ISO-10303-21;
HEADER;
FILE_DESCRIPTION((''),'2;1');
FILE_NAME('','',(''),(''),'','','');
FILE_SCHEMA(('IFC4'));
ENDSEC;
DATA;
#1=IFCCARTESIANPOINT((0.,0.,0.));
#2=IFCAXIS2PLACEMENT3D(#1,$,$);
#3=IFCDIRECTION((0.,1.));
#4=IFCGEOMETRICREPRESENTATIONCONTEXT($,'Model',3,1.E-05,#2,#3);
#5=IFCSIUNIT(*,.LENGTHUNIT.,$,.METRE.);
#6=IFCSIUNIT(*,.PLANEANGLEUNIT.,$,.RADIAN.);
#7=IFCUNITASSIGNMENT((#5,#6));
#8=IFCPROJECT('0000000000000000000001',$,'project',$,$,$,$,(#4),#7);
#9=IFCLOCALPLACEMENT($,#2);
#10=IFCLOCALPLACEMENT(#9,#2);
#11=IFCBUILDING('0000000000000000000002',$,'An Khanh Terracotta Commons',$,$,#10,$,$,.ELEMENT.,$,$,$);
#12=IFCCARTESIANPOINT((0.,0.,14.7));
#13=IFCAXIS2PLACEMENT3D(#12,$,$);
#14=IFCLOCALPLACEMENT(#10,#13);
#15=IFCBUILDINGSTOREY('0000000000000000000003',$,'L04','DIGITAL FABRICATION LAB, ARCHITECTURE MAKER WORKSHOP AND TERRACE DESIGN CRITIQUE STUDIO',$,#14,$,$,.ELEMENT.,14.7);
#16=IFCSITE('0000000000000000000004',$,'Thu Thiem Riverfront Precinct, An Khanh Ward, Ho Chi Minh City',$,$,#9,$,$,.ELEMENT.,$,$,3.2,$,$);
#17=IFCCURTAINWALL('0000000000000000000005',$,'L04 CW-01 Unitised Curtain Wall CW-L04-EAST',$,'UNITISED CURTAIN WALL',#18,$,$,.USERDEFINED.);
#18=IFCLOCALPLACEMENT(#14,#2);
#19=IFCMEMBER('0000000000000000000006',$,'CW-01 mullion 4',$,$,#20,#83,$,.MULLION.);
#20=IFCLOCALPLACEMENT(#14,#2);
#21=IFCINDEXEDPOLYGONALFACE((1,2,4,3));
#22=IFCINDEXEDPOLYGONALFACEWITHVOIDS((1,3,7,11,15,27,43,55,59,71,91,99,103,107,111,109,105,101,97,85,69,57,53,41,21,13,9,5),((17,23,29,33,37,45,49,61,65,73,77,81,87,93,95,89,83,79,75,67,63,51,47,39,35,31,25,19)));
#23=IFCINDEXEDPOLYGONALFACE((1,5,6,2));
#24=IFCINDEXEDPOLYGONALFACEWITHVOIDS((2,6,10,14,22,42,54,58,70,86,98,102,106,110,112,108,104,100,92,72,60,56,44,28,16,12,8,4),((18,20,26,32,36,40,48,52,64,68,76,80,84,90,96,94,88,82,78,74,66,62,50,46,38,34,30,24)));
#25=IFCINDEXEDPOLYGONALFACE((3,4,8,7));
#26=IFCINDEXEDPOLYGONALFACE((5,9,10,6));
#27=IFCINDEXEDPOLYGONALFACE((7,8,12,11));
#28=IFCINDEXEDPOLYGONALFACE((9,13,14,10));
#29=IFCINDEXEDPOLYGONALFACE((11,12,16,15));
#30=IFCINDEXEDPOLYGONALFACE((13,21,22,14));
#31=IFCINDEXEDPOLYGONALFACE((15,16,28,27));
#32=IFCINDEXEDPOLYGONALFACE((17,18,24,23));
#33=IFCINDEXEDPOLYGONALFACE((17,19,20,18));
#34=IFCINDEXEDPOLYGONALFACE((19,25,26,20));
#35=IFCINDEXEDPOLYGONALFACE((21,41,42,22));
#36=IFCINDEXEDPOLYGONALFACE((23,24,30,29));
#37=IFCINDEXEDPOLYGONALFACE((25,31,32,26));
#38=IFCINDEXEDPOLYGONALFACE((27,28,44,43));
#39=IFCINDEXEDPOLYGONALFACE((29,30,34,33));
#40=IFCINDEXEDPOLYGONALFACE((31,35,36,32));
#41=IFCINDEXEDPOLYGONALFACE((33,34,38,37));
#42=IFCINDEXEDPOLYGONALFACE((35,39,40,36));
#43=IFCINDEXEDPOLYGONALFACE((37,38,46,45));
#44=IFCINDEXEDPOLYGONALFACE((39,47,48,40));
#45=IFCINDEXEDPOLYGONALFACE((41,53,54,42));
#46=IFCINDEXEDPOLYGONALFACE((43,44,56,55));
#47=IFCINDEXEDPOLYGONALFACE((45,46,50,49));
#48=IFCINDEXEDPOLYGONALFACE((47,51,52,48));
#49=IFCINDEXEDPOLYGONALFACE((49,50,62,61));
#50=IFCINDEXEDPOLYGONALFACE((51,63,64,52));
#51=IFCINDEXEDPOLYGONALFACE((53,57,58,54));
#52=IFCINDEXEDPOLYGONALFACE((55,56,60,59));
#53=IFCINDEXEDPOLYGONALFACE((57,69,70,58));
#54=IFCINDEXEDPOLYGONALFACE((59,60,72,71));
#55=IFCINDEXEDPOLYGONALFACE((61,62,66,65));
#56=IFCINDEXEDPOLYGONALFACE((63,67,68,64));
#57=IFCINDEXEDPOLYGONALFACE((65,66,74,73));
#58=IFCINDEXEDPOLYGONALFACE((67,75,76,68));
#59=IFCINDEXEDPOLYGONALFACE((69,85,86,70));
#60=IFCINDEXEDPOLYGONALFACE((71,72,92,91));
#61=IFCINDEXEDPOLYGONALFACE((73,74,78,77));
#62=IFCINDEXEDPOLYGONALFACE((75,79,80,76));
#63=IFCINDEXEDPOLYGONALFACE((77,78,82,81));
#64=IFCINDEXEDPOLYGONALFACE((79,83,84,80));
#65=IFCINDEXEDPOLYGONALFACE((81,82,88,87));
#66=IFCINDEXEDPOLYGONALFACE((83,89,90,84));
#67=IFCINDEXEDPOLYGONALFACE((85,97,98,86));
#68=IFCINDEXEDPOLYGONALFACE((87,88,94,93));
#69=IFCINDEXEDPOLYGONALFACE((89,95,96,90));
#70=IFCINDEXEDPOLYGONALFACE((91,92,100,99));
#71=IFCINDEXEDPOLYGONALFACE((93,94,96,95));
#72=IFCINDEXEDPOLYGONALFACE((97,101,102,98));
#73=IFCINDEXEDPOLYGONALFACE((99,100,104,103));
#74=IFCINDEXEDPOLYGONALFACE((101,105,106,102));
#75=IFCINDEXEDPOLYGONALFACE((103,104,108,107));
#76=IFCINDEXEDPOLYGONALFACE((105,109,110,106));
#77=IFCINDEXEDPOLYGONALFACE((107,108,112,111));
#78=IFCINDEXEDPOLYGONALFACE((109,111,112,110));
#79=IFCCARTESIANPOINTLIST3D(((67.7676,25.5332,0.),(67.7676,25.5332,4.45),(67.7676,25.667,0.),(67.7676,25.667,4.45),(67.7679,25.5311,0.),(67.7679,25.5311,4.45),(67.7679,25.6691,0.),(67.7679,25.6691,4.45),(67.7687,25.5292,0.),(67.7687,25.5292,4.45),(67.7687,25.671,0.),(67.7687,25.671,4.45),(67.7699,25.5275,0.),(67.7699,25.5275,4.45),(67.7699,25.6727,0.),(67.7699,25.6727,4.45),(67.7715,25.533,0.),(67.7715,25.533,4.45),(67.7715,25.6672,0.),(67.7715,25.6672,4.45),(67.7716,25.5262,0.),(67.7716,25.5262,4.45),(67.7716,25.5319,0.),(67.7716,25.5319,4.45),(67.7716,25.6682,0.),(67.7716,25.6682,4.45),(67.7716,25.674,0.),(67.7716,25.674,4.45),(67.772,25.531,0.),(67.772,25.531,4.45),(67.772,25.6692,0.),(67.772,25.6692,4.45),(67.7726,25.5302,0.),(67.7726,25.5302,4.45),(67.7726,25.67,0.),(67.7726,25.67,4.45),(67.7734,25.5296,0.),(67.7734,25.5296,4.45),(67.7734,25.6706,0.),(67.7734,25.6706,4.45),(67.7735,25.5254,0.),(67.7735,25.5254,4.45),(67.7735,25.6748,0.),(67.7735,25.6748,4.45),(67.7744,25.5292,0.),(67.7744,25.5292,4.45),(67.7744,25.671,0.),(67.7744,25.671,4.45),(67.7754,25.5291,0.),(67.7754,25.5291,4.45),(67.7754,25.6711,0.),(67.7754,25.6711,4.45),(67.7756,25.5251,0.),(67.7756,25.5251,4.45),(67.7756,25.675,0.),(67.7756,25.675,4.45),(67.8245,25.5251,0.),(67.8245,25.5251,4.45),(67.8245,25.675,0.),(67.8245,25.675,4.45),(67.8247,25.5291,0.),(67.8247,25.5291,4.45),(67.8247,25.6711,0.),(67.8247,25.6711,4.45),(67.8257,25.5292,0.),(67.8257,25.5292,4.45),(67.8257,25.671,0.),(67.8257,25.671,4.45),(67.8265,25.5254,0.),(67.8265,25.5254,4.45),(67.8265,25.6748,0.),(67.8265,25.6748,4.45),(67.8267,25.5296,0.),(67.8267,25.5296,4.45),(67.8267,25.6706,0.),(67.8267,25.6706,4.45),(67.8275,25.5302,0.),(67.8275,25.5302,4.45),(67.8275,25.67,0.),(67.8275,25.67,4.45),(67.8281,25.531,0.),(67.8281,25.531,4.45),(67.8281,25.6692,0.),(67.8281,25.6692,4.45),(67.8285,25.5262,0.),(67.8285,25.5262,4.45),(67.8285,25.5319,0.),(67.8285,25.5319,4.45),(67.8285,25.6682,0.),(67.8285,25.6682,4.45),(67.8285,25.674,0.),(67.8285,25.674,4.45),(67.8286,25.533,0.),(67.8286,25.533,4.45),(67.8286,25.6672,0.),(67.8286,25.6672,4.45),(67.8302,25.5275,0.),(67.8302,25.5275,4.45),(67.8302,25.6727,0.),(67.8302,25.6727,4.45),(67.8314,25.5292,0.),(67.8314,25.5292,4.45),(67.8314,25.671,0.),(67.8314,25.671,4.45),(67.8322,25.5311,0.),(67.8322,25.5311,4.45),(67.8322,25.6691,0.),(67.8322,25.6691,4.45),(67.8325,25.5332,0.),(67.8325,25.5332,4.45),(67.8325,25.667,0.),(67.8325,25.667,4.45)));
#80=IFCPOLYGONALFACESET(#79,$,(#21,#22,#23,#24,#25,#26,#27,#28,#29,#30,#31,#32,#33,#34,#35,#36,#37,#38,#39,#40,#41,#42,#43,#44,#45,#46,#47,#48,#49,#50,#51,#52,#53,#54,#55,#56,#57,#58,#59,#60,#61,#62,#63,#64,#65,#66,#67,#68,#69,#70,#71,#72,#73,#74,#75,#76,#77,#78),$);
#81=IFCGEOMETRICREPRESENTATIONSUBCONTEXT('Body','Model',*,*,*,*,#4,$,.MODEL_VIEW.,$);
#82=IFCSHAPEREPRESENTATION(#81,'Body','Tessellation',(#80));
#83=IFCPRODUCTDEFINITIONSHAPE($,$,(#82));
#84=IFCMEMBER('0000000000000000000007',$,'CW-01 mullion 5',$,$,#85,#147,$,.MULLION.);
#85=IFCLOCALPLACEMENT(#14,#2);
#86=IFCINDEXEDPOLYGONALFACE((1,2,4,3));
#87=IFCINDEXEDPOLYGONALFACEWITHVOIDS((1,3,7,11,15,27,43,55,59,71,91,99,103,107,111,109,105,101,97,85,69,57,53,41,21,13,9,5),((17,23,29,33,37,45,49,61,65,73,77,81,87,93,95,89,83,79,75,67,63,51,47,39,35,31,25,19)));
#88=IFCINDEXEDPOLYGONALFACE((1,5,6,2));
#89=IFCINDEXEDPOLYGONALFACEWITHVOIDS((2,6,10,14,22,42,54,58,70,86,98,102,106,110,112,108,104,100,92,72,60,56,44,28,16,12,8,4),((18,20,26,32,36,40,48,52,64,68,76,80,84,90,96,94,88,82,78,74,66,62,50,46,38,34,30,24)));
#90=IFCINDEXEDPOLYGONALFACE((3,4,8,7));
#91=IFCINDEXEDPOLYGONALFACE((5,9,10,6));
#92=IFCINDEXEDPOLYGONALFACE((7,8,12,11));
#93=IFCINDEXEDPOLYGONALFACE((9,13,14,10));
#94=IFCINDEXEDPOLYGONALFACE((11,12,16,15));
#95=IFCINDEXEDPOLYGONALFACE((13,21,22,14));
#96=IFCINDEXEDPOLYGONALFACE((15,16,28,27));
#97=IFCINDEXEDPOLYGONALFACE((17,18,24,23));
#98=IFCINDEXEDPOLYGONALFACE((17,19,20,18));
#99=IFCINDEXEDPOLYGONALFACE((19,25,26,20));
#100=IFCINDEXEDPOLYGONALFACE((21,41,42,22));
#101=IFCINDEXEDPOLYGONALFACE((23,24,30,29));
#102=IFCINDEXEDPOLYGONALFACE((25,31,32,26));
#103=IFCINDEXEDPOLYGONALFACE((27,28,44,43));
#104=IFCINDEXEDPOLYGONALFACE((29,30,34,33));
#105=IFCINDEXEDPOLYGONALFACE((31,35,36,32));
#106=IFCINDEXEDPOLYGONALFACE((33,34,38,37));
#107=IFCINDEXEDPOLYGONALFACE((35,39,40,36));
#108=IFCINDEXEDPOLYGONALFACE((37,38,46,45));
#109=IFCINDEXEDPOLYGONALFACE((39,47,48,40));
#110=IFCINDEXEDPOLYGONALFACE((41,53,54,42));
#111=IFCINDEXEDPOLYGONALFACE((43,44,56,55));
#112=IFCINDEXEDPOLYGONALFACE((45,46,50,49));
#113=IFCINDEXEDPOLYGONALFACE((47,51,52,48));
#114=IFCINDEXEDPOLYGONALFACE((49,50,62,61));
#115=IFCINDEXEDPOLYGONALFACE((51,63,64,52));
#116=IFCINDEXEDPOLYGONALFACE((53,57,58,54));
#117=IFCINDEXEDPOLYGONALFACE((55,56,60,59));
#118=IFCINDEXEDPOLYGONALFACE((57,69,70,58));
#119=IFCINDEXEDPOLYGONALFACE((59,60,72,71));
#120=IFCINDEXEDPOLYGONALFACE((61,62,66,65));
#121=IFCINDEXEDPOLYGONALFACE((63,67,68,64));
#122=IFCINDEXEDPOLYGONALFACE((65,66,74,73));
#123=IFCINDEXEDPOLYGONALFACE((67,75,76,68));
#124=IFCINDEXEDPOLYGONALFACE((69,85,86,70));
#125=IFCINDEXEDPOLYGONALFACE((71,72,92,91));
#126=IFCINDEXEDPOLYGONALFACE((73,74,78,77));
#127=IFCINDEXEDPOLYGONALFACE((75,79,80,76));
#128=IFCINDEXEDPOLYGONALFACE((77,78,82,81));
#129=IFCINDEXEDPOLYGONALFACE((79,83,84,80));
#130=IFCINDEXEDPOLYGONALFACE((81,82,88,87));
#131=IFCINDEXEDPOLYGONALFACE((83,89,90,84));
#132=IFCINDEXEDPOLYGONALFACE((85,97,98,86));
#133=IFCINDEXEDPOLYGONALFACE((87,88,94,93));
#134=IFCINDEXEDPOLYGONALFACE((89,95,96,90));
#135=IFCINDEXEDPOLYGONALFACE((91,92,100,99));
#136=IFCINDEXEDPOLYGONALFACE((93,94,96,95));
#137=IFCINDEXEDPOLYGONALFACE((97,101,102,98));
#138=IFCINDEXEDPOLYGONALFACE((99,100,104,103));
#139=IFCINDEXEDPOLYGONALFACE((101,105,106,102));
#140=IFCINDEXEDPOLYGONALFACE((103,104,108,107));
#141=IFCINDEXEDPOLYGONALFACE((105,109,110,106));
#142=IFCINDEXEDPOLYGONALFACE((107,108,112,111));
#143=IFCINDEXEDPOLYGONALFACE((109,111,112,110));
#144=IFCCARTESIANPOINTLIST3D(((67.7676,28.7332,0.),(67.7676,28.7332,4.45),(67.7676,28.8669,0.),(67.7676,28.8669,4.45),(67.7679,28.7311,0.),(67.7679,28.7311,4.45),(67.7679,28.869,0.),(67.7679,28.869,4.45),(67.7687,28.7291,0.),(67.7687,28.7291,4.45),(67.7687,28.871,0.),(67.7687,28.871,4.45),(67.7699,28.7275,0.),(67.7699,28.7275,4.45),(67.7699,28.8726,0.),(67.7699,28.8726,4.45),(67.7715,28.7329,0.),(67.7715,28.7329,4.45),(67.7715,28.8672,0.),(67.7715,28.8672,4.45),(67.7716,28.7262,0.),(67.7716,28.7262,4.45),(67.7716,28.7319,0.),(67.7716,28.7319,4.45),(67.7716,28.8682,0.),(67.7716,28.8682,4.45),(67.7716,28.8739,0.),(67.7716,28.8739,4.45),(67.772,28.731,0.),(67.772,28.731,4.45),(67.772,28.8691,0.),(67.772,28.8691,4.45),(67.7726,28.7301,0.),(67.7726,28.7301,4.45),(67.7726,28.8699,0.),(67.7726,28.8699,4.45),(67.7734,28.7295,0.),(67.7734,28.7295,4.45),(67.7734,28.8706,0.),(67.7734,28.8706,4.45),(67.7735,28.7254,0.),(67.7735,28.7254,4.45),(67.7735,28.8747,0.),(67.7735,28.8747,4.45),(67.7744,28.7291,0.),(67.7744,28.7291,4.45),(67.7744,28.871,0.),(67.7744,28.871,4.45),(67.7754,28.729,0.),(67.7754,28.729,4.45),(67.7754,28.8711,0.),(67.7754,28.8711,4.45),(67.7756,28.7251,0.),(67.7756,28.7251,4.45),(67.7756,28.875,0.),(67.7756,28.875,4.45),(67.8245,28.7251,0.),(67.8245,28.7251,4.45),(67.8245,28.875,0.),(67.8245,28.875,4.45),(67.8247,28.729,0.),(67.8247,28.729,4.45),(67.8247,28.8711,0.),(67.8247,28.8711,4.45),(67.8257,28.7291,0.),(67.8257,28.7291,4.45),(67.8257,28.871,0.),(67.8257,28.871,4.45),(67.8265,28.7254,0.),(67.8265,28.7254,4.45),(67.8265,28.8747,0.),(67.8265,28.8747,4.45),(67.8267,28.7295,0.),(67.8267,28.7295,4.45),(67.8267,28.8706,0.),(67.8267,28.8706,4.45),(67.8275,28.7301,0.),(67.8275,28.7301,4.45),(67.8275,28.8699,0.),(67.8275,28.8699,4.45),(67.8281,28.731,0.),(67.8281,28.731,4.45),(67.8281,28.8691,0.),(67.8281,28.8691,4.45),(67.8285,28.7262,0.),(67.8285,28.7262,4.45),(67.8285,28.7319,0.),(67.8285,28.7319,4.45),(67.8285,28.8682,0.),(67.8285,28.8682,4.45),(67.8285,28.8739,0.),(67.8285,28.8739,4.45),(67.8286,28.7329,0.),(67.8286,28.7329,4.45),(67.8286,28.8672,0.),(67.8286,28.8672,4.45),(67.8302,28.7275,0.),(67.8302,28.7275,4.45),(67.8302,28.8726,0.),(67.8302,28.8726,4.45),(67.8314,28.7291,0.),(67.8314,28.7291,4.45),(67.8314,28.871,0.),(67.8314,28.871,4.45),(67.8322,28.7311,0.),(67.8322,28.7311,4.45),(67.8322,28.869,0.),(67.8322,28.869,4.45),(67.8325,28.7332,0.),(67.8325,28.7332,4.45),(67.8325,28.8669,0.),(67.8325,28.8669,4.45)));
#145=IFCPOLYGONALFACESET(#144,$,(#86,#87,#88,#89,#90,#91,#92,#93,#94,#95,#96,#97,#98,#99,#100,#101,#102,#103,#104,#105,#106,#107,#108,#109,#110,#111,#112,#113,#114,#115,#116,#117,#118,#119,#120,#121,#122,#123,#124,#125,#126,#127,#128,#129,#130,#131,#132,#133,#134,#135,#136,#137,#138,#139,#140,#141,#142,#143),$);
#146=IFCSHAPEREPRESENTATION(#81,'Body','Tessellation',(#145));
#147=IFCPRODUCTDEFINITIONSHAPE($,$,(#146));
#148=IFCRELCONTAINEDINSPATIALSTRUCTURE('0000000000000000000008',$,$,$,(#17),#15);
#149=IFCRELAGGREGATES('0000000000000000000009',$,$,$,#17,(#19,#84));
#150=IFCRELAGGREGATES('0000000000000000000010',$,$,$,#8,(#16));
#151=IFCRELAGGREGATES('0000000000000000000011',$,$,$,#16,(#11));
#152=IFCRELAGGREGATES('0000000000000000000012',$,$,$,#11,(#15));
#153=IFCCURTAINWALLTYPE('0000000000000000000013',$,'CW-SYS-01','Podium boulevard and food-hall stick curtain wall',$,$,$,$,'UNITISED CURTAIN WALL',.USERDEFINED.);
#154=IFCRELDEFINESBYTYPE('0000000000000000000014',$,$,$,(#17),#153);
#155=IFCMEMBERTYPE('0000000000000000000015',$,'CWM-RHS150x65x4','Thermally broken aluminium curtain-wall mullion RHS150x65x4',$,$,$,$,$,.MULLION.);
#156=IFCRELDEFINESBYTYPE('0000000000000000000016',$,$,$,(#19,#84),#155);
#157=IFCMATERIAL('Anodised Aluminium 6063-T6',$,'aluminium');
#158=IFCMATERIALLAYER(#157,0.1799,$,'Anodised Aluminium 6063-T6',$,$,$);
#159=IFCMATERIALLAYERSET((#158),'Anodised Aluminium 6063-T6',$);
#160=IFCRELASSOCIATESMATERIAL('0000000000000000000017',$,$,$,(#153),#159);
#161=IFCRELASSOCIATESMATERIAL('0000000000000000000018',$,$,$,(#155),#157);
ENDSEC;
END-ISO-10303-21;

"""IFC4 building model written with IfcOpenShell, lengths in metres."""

from ifc_helpers import new_model, si_unit, direction, frame, origin, origin_2d, place, context, subcontext, project, spatial, hollow_rectangle, extrude, material, layer, layer_set, material_profile, profile_set, type_object, element, aggregate, save


model = new_model("IFC4")

# Units and contexts
model_context = context("Model", 3, precision=1e-05, world=origin(), true_north=direction((0.0, 1.0)))
body_context = subcontext(model_context, "Body", "Model", "MODEL_VIEW")
ifc_project = project(units=[si_unit("LENGTHUNIT", "METRE"), si_unit("PLANEANGLEUNIT", "RADIAN")], contexts=[model_context])

# Site, building, storey
site_placement = place(None, origin())
site = spatial("IfcSite", under=ifc_project, at=site_placement, Name="Thu Thiem Riverfront Precinct, An Khanh Ward, Ho Chi Minh City", CompositionType="ELEMENT", RefElevation=3.2)
building_placement = place(site_placement, origin())
building = spatial("IfcBuilding", under=site, at=building_placement, Name="An Khanh Terracotta Commons", CompositionType="ELEMENT")
storey_placement = place(building_placement, frame((0.0, 0.0, 14.7)))
storey = spatial("IfcBuildingStorey", under=building, at=storey_placement, Name="L04", Description="DIGITAL FABRICATION LAB, ARCHITECTURE MAKER WORKSHOP AND TERRACE DESIGN CRITIQUE STUDIO", CompositionType="ELEMENT", Elevation=14.7)

# Curtain wall, members
ifc_material_1 = material(Name="Anodised Aluminium 6063-T6", Category="aluminium")
ifc_layer_1 = layer(ifc_material_1, 0.1799, Name="Anodised Aluminium 6063-T6")
ifc_layer_set_1 = layer_set([ifc_layer_1], Name="Anodised Aluminium 6063-T6")
curtain_wall_type = type_object("IfcCurtainWallType", Name="CW-SYS-01", Description="Podium boulevard and food-hall stick curtain wall", ElementType="UNITISED CURTAIN WALL", PredefinedType="USERDEFINED", material=ifc_layer_set_1)
curtain_wall_placement = place(storey_placement, origin())
curtain_wall = element("IfcCurtainWall", 1, at=curtain_wall_placement, inside=storey, type_object=curtain_wall_type, Name="L04 CW-01 Unitised Curtain Wall CW-L04-EAST", ObjectType="UNITISED CURTAIN WALL", PredefinedType="USERDEFINED")
ifc_material_profile_1 = material_profile(ifc_material_1, hollow_rectangle(XDim=0.0649, YDim=0.1499, WallThickness=0.0039, InnerFilletRadius=0.0039, OuterFilletRadius=0.0081, at=origin_2d()), Name="RHS150x65x4")
ifc_profile_set_1 = profile_set([ifc_material_profile_1], Name="Anodised Aluminium 6063-T6")
member_type_1 = type_object("IfcMemberType", Name="CWM-RHS150x65x4", Description="Thermally broken aluminium curtain-wall mullion RHS150x65x4", PredefinedType="MULLION", material=ifc_profile_set_1)
member_1_placement = place(storey_placement, frame((67.8, 25.6001, 0.0), z_axis=(0.0, 0.0, 1.0), x_axis=(-1.0, 0.0, 0.0)))
member_1 = element("IfcMember", 2, at=member_1_placement, type_object=member_type_1, Name="CW-01 mullion 4", PredefinedType="MULLION", context=body_context, shape_type="SweptSolid", body=[
    extrude(hollow_rectangle(XDim=0.0649, YDim=0.1499, WallThickness=0.0039, InnerFilletRadius=0.0039, OuterFilletRadius=0.0081, at=origin_2d()), origin(), (0.0, 0.0, 1.0), 4.45),
])
member_2_placement = place(storey_placement, frame((67.8, 28.8, 0.0), z_axis=(0.0, 0.0, 1.0), x_axis=(-1.0, 0.0, 0.0)))
member_2 = element("IfcMember", 3, at=member_2_placement, type_object=member_type_1, Name="CW-01 mullion 5", PredefinedType="MULLION", context=body_context, shape_type="SweptSolid", body=[
    extrude(hollow_rectangle(XDim=0.0649, YDim=0.1499, WallThickness=0.0039, InnerFilletRadius=0.0039, OuterFilletRadius=0.0081, at=origin_2d()), origin(), (0.0, 0.0, 1.0), 4.45),
])
aggregate(curtain_wall, [member_1, member_2])

save(model, "model.ifc")
